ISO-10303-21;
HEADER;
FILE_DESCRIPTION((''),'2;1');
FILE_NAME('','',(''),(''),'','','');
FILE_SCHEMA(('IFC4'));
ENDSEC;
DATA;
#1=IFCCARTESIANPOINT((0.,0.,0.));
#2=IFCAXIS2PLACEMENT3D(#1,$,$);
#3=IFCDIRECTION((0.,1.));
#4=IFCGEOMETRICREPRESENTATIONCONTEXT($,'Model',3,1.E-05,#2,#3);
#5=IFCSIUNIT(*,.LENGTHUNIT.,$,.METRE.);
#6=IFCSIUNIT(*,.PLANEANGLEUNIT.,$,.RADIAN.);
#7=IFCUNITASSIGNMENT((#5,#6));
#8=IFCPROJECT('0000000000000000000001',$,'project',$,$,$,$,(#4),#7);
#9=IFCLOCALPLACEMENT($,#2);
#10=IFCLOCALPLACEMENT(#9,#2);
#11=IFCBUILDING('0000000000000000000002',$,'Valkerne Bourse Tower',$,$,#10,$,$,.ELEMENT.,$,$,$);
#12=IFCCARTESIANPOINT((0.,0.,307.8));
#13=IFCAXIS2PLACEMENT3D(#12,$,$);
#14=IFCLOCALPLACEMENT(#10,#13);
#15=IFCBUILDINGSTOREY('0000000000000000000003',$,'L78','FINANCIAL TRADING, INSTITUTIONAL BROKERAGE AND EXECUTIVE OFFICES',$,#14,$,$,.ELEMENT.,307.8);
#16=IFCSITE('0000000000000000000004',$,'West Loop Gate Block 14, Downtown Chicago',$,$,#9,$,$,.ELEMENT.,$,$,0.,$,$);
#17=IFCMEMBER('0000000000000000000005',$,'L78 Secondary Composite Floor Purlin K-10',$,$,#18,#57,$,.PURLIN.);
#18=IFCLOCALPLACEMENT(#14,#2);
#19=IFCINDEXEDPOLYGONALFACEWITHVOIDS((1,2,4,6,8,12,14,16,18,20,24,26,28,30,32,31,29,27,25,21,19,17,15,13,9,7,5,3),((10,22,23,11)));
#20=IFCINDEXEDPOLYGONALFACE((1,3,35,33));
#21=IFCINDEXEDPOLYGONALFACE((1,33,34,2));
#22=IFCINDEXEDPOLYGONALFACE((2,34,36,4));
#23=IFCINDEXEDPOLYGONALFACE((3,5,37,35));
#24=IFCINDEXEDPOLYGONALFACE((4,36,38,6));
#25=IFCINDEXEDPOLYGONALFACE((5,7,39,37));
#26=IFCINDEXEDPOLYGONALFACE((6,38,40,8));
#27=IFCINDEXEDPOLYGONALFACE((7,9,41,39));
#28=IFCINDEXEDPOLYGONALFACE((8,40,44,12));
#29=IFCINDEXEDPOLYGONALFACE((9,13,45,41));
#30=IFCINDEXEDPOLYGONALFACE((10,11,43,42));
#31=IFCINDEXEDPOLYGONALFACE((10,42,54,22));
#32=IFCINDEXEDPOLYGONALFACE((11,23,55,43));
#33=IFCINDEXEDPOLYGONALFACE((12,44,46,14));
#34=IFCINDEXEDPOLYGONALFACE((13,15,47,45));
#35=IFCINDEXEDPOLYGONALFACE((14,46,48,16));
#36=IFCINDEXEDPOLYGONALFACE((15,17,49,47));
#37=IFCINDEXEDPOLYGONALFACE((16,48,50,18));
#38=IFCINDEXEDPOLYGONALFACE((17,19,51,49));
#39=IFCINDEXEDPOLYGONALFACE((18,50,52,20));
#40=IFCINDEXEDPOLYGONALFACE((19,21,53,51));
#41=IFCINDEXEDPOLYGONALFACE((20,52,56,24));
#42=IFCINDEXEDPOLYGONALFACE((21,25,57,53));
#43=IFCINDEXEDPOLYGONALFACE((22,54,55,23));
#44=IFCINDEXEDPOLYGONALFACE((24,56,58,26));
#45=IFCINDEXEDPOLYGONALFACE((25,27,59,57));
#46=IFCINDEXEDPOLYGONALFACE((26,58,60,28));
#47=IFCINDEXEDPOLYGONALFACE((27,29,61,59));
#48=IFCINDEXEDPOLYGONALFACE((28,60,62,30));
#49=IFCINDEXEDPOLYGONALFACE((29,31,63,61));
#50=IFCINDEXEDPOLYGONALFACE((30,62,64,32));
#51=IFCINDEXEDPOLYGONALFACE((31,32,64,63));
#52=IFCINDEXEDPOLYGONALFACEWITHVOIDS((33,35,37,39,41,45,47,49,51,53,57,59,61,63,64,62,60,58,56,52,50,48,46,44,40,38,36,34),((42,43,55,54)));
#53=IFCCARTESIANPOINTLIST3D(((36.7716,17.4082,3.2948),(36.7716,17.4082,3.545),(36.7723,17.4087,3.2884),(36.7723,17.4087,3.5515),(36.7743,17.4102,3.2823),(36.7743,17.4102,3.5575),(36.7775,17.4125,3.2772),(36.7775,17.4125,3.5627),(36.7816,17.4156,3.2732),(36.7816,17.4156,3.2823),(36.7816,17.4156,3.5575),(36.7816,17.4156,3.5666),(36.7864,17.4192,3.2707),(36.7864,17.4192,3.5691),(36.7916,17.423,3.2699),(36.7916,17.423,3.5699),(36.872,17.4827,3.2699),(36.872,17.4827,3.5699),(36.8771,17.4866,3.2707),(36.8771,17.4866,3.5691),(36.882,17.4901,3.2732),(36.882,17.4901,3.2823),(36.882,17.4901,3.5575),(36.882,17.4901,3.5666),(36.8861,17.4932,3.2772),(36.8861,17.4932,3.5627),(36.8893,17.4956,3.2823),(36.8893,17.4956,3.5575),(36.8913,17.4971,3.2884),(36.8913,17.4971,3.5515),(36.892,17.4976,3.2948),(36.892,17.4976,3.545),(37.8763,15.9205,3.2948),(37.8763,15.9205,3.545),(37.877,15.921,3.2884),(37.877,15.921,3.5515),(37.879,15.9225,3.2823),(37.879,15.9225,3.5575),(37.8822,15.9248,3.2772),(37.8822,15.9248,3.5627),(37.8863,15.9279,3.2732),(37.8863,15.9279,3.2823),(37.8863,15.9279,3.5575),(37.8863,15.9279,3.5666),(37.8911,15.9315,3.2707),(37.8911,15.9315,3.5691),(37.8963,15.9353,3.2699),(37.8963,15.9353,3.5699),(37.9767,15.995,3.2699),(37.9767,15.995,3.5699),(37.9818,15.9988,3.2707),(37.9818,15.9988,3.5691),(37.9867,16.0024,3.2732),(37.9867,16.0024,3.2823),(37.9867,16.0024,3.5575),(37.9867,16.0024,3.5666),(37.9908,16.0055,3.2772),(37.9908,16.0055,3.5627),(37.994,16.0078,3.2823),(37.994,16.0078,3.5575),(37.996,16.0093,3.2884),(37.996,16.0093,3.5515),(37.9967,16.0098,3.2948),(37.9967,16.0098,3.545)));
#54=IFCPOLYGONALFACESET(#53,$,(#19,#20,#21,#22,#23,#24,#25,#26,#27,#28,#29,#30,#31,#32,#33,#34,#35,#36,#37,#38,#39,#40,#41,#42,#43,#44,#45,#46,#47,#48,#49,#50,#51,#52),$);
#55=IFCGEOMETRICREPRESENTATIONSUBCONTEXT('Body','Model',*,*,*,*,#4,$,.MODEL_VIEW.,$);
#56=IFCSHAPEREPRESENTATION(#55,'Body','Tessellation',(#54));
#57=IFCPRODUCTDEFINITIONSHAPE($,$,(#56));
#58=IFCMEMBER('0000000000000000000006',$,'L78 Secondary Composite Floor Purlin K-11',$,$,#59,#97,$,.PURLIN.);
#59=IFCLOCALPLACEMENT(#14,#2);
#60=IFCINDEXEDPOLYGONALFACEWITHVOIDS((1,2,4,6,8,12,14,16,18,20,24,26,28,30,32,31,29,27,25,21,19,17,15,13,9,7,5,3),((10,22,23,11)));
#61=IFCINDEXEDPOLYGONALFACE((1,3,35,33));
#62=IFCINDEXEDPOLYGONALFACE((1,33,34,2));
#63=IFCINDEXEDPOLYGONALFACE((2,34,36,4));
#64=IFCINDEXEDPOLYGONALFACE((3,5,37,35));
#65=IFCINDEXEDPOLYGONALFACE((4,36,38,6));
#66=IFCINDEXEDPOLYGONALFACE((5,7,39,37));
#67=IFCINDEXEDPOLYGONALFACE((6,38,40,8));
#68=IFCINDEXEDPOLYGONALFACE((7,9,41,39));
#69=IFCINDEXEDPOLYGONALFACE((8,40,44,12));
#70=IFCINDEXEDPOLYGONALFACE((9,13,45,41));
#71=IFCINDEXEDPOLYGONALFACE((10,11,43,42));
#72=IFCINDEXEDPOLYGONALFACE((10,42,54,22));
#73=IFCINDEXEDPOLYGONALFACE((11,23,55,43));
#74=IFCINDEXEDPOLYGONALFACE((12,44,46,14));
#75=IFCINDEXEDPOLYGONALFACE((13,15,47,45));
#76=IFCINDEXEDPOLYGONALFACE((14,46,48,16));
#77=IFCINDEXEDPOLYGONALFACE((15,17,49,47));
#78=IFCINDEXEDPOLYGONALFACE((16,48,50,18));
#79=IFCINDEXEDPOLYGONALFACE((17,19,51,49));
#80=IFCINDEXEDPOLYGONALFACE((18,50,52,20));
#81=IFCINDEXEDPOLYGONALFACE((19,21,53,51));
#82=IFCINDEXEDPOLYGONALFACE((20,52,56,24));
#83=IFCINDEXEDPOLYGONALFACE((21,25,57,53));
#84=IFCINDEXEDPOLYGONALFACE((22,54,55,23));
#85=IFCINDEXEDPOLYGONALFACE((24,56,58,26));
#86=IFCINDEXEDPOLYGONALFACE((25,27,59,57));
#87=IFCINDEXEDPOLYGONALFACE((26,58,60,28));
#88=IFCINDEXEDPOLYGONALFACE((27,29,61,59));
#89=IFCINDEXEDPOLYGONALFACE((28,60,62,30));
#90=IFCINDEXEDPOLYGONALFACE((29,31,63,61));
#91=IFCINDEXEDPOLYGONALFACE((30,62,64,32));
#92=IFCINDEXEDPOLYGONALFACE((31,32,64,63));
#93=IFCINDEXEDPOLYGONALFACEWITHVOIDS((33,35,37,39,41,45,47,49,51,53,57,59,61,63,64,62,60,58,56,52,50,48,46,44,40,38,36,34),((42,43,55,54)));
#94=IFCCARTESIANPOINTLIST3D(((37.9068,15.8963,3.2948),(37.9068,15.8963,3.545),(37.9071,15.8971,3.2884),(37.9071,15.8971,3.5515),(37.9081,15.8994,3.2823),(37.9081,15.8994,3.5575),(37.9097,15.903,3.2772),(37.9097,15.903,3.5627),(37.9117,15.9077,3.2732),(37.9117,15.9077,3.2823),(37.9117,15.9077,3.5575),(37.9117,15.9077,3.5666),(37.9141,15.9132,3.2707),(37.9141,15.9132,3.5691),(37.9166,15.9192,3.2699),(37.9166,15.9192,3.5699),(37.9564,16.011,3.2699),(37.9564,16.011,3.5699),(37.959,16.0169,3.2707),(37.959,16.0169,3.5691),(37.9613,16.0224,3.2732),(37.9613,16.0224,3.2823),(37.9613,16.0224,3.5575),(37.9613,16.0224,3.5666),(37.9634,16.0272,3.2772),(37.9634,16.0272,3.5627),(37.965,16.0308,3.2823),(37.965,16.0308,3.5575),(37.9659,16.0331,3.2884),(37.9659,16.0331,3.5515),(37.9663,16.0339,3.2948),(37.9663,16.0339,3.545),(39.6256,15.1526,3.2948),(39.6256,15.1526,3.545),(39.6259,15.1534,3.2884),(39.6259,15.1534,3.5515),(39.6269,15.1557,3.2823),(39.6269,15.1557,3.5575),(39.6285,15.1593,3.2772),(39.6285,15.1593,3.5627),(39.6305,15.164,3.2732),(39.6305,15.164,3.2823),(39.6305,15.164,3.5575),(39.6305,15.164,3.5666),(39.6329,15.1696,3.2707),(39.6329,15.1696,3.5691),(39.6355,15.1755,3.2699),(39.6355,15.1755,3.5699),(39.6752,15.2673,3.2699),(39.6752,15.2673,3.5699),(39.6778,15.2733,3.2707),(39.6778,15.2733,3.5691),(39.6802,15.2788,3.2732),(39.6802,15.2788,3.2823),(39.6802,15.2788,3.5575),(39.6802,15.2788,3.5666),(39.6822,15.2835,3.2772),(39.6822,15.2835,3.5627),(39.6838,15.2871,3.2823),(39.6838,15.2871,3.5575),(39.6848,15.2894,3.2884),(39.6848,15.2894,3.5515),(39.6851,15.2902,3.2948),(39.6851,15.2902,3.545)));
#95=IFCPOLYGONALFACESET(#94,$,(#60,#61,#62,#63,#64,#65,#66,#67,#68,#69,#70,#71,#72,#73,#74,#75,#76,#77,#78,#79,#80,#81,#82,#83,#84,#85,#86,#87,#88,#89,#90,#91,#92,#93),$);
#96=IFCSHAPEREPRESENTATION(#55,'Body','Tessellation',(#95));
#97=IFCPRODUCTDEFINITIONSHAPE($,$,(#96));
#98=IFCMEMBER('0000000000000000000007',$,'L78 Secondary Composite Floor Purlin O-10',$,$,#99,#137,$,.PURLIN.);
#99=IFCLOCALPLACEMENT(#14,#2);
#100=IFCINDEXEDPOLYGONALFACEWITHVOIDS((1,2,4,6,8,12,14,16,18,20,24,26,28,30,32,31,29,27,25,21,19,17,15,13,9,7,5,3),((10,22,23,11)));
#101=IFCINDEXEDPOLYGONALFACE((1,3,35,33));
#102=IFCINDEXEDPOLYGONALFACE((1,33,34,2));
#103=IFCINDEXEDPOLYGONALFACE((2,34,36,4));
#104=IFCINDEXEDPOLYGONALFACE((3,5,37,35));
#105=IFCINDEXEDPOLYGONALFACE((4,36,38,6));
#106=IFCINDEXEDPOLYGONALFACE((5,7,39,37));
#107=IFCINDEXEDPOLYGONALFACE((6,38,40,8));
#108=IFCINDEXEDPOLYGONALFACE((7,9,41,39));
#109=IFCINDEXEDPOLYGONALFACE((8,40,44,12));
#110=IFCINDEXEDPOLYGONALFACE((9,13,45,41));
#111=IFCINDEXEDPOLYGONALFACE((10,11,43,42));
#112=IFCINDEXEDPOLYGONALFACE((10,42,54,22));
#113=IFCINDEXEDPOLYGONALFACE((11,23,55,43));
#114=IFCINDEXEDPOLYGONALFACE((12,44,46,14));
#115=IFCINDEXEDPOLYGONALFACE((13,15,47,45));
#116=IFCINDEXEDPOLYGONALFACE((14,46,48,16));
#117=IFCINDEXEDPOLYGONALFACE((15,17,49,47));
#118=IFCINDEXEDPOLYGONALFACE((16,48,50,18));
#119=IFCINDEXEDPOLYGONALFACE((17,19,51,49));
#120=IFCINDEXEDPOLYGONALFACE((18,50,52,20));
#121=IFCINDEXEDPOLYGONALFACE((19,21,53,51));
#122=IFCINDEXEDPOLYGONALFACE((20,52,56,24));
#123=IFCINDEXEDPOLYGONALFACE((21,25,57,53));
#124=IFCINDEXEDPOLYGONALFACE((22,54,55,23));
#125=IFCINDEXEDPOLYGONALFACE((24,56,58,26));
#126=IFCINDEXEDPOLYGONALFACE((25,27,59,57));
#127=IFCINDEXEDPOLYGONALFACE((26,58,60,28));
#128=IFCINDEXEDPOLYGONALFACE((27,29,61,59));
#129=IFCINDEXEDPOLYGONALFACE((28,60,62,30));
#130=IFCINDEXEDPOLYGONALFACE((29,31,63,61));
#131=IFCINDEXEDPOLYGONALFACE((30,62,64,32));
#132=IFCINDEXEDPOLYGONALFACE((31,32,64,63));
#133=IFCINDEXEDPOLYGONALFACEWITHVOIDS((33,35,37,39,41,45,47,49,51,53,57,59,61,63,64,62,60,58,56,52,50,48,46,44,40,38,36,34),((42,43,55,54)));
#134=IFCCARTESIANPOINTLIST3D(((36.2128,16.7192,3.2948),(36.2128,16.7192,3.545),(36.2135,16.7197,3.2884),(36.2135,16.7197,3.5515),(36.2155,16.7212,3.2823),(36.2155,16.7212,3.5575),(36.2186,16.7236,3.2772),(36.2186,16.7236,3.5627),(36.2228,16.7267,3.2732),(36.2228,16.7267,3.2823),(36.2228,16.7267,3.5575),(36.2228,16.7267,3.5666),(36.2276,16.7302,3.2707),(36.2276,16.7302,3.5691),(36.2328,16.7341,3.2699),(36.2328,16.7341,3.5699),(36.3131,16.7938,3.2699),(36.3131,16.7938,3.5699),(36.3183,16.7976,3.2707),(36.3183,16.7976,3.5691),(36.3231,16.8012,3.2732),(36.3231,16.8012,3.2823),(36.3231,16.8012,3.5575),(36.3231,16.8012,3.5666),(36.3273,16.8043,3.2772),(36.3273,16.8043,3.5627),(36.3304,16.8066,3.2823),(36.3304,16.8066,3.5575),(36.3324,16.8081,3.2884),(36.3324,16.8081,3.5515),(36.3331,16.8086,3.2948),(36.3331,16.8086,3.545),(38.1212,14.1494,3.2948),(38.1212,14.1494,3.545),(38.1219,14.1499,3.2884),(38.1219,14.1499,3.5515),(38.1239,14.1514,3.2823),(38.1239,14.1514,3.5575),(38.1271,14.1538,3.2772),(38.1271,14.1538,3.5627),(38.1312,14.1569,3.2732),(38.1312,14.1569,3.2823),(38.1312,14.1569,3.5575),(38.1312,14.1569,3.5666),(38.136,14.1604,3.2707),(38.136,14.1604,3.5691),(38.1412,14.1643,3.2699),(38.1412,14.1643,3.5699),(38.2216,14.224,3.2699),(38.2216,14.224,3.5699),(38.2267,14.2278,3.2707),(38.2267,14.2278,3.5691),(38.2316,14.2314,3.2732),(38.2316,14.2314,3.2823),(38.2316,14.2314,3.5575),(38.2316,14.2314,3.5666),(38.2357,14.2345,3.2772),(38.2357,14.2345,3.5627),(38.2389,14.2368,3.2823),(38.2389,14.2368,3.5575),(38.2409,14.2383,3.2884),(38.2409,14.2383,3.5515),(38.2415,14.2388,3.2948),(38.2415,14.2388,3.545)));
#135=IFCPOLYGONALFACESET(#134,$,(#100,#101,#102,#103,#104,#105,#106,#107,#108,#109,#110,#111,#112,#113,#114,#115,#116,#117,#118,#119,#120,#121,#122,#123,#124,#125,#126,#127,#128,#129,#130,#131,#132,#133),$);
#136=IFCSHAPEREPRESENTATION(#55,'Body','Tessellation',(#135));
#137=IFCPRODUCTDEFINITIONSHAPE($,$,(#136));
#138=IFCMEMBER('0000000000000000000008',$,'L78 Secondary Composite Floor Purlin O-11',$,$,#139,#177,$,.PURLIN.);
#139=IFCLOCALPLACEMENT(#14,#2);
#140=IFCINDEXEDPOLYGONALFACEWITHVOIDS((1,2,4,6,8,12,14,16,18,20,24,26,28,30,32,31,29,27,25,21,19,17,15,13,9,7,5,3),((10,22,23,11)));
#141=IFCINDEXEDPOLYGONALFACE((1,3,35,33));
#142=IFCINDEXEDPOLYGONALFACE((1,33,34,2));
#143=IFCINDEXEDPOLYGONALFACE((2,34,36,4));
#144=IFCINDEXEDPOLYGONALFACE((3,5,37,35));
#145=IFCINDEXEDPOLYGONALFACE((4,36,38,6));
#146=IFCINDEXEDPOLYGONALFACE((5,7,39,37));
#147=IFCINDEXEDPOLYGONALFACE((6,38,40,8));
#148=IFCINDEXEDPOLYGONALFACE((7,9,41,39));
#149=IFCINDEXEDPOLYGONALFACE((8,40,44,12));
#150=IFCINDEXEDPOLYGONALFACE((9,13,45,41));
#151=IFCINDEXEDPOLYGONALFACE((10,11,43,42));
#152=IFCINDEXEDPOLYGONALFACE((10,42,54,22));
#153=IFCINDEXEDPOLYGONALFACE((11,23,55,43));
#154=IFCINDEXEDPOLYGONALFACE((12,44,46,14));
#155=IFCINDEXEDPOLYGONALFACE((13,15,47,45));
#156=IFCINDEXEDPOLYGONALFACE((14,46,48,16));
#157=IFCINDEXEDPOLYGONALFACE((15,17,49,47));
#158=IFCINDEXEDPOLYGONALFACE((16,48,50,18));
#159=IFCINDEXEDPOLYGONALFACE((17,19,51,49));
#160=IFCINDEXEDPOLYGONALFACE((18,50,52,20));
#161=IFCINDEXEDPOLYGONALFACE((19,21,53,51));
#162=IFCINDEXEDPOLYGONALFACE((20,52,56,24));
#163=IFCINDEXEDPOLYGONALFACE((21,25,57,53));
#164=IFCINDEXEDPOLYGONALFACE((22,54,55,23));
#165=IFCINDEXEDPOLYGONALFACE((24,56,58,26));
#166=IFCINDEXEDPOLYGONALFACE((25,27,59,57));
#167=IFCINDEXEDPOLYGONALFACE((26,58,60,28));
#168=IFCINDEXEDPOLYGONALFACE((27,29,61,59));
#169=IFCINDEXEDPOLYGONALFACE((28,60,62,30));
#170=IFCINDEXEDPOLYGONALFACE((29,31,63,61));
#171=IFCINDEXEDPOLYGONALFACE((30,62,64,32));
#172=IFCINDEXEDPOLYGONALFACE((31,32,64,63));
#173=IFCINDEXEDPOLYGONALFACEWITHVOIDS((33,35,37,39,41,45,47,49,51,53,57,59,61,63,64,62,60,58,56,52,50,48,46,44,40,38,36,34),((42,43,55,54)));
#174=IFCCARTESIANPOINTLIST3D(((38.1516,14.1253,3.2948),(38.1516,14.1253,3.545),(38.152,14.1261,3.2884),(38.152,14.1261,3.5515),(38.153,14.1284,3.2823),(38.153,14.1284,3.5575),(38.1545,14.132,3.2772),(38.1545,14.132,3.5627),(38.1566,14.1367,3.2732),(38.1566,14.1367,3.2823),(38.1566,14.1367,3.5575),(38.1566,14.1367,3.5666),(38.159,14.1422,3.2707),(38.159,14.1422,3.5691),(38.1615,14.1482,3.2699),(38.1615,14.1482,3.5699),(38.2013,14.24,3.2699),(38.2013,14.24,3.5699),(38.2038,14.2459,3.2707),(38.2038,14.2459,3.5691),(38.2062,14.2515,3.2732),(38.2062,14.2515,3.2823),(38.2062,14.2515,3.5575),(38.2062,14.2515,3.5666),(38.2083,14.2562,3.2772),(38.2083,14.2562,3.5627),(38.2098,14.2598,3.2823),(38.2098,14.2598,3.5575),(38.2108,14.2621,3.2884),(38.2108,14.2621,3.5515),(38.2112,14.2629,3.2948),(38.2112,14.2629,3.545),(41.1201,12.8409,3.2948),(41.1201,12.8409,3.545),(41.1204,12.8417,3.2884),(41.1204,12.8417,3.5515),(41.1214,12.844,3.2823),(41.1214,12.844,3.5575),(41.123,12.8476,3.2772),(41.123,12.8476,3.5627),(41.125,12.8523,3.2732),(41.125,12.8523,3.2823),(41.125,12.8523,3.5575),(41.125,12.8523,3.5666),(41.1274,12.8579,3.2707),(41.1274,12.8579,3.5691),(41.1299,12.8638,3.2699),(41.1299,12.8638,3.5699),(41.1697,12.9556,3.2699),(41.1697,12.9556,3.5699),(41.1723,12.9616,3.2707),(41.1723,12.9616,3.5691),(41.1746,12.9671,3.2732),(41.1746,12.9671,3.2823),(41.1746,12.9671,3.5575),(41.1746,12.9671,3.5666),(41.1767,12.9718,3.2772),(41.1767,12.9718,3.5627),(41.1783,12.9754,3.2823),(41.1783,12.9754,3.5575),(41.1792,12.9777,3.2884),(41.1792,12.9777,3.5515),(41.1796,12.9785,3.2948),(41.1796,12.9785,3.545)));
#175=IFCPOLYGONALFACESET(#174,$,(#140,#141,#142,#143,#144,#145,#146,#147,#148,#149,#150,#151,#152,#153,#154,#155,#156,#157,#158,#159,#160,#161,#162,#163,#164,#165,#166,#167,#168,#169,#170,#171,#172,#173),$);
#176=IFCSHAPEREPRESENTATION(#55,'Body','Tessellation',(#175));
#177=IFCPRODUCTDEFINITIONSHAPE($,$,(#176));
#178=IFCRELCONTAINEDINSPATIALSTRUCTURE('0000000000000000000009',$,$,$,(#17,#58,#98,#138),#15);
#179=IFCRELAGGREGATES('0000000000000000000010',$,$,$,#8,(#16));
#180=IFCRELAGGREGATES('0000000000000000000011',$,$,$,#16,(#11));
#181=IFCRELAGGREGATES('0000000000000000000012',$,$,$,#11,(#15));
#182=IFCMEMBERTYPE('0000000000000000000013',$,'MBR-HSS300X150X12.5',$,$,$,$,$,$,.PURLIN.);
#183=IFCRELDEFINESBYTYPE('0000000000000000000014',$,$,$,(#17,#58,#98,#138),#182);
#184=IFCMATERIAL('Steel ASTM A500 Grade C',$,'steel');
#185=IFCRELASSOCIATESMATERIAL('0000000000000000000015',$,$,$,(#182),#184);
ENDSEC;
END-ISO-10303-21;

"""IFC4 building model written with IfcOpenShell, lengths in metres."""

from ifc_helpers import new_model, si_unit, direction, frame, origin, origin_2d, place, context, subcontext, project, spatial, hollow_rectangle, extrude, material, material_profile, profile_set, type_object, element, save


model = new_model("IFC4")

# Units and contexts
model_context = context("Model", 3, precision=1e-05, world=origin(), true_north=direction((0.0, 1.0)))
body_context = subcontext(model_context, "Body", "Model", "MODEL_VIEW")
ifc_project = project(units=[si_unit("LENGTHUNIT", "METRE"), si_unit("PLANEANGLEUNIT", "RADIAN")], contexts=[model_context])

# Site, building, storey
site_placement = place(None, origin())
site = spatial("IfcSite", under=ifc_project, at=site_placement, Name="West Loop Gate Block 14, Downtown Chicago", CompositionType="ELEMENT", RefElevation=0.0)
building_placement = place(site_placement, origin())
building = spatial("IfcBuilding", under=site, at=building_placement, Name="Valkerne Bourse Tower", CompositionType="ELEMENT")
storey_placement = place(building_placement, frame((0.0, 0.0, 307.8)))
storey = spatial("IfcBuildingStorey", under=building, at=storey_placement, Name="L78", Description="FINANCIAL TRADING, INSTITUTIONAL BROKERAGE AND EXECUTIVE OFFICES", CompositionType="ELEMENT", Elevation=307.8)

# Members
ifc_material_1 = material(Name="Steel ASTM A500 Grade C", Category="steel")
ifc_material_profile_1 = material_profile(ifc_material_1, hollow_rectangle(XDim=0.1499, YDim=0.3, WallThickness=0.0125, OuterFilletRadius=0.0249, at=origin_2d()), Name="HSS300X150X12.5")
ifc_profile_set_1 = profile_set([ifc_material_profile_1], Name="Steel ASTM A500 Grade C")
member_type_1 = type_object("IfcMemberType", Name="MBR-HSS300X150X12.5", PredefinedType="PURLIN", material=ifc_profile_set_1)
member_1_placement = place(storey_placement, frame((36.8318, 17.4529, 3.4199), z_axis=(0.596157, -0.802868, 0.0), x_axis=(0.802868, 0.596157, 0.0)))
element("IfcMember", 1, at=member_1_placement, inside=storey, type_object=member_type_1, Name="L78 Secondary Composite Floor Purlin K-10", PredefinedType="PURLIN", context=body_context, shape_type="SweptSolid", body=[
    extrude(hollow_rectangle(XDim=0.1499, YDim=0.3, WallThickness=0.0125, OuterFilletRadius=0.0249, at=origin_2d()), origin(), (0.0, 0.0, 1.0), 1.853),
])
member_2_placement = place(storey_placement, frame((37.9365, 15.9651, 3.4199), z_axis=(0.917777, -0.397095, 0.0), x_axis=(0.397095, 0.917777, 0.0)))
element("IfcMember", 2, at=member_2_placement, inside=storey, type_object=member_type_1, Name="L78 Secondary Composite Floor Purlin K-11", PredefinedType="PURLIN", context=body_context, shape_type="SweptSolid", body=[
    extrude(hollow_rectangle(XDim=0.1499, YDim=0.3, WallThickness=0.0125, OuterFilletRadius=0.0249, at=origin_2d()), origin(), (0.0, 0.0, 1.0), 1.8728),
])
member_3_placement = place(storey_placement, frame((36.2729, 16.7639, 3.4199), z_axis=(0.59621, -0.802828, 0.0), x_axis=(0.802828, 0.59621, 0.0)))
element("IfcMember", 3, at=member_3_placement, inside=storey, type_object=member_type_1, Name="L78 Secondary Composite Floor Purlin O-10", PredefinedType="PURLIN", context=body_context, shape_type="SweptSolid", body=[
    extrude(hollow_rectangle(XDim=0.1499, YDim=0.3, WallThickness=0.0125, OuterFilletRadius=0.0249, at=origin_2d()), origin(), (0.0, 0.0, 1.0), 3.2009),
])
member_4_placement = place(storey_placement, frame((38.1814, 14.1941, 3.4199), z_axis=(0.917773, -0.397105, 0.0), x_axis=(0.397105, 0.917773, 0.0)))
element("IfcMember", 4, at=member_4_placement, inside=storey, type_object=member_type_1, Name="L78 Secondary Composite Floor Purlin O-11", PredefinedType="PURLIN", context=body_context, shape_type="SweptSolid", body=[
    extrude(hollow_rectangle(XDim=0.1499, YDim=0.3, WallThickness=0.0125, OuterFilletRadius=0.0249, at=origin_2d()), origin(), (0.0, 0.0, 1.0), 3.2344),
])

save(model, "model.ifc")
